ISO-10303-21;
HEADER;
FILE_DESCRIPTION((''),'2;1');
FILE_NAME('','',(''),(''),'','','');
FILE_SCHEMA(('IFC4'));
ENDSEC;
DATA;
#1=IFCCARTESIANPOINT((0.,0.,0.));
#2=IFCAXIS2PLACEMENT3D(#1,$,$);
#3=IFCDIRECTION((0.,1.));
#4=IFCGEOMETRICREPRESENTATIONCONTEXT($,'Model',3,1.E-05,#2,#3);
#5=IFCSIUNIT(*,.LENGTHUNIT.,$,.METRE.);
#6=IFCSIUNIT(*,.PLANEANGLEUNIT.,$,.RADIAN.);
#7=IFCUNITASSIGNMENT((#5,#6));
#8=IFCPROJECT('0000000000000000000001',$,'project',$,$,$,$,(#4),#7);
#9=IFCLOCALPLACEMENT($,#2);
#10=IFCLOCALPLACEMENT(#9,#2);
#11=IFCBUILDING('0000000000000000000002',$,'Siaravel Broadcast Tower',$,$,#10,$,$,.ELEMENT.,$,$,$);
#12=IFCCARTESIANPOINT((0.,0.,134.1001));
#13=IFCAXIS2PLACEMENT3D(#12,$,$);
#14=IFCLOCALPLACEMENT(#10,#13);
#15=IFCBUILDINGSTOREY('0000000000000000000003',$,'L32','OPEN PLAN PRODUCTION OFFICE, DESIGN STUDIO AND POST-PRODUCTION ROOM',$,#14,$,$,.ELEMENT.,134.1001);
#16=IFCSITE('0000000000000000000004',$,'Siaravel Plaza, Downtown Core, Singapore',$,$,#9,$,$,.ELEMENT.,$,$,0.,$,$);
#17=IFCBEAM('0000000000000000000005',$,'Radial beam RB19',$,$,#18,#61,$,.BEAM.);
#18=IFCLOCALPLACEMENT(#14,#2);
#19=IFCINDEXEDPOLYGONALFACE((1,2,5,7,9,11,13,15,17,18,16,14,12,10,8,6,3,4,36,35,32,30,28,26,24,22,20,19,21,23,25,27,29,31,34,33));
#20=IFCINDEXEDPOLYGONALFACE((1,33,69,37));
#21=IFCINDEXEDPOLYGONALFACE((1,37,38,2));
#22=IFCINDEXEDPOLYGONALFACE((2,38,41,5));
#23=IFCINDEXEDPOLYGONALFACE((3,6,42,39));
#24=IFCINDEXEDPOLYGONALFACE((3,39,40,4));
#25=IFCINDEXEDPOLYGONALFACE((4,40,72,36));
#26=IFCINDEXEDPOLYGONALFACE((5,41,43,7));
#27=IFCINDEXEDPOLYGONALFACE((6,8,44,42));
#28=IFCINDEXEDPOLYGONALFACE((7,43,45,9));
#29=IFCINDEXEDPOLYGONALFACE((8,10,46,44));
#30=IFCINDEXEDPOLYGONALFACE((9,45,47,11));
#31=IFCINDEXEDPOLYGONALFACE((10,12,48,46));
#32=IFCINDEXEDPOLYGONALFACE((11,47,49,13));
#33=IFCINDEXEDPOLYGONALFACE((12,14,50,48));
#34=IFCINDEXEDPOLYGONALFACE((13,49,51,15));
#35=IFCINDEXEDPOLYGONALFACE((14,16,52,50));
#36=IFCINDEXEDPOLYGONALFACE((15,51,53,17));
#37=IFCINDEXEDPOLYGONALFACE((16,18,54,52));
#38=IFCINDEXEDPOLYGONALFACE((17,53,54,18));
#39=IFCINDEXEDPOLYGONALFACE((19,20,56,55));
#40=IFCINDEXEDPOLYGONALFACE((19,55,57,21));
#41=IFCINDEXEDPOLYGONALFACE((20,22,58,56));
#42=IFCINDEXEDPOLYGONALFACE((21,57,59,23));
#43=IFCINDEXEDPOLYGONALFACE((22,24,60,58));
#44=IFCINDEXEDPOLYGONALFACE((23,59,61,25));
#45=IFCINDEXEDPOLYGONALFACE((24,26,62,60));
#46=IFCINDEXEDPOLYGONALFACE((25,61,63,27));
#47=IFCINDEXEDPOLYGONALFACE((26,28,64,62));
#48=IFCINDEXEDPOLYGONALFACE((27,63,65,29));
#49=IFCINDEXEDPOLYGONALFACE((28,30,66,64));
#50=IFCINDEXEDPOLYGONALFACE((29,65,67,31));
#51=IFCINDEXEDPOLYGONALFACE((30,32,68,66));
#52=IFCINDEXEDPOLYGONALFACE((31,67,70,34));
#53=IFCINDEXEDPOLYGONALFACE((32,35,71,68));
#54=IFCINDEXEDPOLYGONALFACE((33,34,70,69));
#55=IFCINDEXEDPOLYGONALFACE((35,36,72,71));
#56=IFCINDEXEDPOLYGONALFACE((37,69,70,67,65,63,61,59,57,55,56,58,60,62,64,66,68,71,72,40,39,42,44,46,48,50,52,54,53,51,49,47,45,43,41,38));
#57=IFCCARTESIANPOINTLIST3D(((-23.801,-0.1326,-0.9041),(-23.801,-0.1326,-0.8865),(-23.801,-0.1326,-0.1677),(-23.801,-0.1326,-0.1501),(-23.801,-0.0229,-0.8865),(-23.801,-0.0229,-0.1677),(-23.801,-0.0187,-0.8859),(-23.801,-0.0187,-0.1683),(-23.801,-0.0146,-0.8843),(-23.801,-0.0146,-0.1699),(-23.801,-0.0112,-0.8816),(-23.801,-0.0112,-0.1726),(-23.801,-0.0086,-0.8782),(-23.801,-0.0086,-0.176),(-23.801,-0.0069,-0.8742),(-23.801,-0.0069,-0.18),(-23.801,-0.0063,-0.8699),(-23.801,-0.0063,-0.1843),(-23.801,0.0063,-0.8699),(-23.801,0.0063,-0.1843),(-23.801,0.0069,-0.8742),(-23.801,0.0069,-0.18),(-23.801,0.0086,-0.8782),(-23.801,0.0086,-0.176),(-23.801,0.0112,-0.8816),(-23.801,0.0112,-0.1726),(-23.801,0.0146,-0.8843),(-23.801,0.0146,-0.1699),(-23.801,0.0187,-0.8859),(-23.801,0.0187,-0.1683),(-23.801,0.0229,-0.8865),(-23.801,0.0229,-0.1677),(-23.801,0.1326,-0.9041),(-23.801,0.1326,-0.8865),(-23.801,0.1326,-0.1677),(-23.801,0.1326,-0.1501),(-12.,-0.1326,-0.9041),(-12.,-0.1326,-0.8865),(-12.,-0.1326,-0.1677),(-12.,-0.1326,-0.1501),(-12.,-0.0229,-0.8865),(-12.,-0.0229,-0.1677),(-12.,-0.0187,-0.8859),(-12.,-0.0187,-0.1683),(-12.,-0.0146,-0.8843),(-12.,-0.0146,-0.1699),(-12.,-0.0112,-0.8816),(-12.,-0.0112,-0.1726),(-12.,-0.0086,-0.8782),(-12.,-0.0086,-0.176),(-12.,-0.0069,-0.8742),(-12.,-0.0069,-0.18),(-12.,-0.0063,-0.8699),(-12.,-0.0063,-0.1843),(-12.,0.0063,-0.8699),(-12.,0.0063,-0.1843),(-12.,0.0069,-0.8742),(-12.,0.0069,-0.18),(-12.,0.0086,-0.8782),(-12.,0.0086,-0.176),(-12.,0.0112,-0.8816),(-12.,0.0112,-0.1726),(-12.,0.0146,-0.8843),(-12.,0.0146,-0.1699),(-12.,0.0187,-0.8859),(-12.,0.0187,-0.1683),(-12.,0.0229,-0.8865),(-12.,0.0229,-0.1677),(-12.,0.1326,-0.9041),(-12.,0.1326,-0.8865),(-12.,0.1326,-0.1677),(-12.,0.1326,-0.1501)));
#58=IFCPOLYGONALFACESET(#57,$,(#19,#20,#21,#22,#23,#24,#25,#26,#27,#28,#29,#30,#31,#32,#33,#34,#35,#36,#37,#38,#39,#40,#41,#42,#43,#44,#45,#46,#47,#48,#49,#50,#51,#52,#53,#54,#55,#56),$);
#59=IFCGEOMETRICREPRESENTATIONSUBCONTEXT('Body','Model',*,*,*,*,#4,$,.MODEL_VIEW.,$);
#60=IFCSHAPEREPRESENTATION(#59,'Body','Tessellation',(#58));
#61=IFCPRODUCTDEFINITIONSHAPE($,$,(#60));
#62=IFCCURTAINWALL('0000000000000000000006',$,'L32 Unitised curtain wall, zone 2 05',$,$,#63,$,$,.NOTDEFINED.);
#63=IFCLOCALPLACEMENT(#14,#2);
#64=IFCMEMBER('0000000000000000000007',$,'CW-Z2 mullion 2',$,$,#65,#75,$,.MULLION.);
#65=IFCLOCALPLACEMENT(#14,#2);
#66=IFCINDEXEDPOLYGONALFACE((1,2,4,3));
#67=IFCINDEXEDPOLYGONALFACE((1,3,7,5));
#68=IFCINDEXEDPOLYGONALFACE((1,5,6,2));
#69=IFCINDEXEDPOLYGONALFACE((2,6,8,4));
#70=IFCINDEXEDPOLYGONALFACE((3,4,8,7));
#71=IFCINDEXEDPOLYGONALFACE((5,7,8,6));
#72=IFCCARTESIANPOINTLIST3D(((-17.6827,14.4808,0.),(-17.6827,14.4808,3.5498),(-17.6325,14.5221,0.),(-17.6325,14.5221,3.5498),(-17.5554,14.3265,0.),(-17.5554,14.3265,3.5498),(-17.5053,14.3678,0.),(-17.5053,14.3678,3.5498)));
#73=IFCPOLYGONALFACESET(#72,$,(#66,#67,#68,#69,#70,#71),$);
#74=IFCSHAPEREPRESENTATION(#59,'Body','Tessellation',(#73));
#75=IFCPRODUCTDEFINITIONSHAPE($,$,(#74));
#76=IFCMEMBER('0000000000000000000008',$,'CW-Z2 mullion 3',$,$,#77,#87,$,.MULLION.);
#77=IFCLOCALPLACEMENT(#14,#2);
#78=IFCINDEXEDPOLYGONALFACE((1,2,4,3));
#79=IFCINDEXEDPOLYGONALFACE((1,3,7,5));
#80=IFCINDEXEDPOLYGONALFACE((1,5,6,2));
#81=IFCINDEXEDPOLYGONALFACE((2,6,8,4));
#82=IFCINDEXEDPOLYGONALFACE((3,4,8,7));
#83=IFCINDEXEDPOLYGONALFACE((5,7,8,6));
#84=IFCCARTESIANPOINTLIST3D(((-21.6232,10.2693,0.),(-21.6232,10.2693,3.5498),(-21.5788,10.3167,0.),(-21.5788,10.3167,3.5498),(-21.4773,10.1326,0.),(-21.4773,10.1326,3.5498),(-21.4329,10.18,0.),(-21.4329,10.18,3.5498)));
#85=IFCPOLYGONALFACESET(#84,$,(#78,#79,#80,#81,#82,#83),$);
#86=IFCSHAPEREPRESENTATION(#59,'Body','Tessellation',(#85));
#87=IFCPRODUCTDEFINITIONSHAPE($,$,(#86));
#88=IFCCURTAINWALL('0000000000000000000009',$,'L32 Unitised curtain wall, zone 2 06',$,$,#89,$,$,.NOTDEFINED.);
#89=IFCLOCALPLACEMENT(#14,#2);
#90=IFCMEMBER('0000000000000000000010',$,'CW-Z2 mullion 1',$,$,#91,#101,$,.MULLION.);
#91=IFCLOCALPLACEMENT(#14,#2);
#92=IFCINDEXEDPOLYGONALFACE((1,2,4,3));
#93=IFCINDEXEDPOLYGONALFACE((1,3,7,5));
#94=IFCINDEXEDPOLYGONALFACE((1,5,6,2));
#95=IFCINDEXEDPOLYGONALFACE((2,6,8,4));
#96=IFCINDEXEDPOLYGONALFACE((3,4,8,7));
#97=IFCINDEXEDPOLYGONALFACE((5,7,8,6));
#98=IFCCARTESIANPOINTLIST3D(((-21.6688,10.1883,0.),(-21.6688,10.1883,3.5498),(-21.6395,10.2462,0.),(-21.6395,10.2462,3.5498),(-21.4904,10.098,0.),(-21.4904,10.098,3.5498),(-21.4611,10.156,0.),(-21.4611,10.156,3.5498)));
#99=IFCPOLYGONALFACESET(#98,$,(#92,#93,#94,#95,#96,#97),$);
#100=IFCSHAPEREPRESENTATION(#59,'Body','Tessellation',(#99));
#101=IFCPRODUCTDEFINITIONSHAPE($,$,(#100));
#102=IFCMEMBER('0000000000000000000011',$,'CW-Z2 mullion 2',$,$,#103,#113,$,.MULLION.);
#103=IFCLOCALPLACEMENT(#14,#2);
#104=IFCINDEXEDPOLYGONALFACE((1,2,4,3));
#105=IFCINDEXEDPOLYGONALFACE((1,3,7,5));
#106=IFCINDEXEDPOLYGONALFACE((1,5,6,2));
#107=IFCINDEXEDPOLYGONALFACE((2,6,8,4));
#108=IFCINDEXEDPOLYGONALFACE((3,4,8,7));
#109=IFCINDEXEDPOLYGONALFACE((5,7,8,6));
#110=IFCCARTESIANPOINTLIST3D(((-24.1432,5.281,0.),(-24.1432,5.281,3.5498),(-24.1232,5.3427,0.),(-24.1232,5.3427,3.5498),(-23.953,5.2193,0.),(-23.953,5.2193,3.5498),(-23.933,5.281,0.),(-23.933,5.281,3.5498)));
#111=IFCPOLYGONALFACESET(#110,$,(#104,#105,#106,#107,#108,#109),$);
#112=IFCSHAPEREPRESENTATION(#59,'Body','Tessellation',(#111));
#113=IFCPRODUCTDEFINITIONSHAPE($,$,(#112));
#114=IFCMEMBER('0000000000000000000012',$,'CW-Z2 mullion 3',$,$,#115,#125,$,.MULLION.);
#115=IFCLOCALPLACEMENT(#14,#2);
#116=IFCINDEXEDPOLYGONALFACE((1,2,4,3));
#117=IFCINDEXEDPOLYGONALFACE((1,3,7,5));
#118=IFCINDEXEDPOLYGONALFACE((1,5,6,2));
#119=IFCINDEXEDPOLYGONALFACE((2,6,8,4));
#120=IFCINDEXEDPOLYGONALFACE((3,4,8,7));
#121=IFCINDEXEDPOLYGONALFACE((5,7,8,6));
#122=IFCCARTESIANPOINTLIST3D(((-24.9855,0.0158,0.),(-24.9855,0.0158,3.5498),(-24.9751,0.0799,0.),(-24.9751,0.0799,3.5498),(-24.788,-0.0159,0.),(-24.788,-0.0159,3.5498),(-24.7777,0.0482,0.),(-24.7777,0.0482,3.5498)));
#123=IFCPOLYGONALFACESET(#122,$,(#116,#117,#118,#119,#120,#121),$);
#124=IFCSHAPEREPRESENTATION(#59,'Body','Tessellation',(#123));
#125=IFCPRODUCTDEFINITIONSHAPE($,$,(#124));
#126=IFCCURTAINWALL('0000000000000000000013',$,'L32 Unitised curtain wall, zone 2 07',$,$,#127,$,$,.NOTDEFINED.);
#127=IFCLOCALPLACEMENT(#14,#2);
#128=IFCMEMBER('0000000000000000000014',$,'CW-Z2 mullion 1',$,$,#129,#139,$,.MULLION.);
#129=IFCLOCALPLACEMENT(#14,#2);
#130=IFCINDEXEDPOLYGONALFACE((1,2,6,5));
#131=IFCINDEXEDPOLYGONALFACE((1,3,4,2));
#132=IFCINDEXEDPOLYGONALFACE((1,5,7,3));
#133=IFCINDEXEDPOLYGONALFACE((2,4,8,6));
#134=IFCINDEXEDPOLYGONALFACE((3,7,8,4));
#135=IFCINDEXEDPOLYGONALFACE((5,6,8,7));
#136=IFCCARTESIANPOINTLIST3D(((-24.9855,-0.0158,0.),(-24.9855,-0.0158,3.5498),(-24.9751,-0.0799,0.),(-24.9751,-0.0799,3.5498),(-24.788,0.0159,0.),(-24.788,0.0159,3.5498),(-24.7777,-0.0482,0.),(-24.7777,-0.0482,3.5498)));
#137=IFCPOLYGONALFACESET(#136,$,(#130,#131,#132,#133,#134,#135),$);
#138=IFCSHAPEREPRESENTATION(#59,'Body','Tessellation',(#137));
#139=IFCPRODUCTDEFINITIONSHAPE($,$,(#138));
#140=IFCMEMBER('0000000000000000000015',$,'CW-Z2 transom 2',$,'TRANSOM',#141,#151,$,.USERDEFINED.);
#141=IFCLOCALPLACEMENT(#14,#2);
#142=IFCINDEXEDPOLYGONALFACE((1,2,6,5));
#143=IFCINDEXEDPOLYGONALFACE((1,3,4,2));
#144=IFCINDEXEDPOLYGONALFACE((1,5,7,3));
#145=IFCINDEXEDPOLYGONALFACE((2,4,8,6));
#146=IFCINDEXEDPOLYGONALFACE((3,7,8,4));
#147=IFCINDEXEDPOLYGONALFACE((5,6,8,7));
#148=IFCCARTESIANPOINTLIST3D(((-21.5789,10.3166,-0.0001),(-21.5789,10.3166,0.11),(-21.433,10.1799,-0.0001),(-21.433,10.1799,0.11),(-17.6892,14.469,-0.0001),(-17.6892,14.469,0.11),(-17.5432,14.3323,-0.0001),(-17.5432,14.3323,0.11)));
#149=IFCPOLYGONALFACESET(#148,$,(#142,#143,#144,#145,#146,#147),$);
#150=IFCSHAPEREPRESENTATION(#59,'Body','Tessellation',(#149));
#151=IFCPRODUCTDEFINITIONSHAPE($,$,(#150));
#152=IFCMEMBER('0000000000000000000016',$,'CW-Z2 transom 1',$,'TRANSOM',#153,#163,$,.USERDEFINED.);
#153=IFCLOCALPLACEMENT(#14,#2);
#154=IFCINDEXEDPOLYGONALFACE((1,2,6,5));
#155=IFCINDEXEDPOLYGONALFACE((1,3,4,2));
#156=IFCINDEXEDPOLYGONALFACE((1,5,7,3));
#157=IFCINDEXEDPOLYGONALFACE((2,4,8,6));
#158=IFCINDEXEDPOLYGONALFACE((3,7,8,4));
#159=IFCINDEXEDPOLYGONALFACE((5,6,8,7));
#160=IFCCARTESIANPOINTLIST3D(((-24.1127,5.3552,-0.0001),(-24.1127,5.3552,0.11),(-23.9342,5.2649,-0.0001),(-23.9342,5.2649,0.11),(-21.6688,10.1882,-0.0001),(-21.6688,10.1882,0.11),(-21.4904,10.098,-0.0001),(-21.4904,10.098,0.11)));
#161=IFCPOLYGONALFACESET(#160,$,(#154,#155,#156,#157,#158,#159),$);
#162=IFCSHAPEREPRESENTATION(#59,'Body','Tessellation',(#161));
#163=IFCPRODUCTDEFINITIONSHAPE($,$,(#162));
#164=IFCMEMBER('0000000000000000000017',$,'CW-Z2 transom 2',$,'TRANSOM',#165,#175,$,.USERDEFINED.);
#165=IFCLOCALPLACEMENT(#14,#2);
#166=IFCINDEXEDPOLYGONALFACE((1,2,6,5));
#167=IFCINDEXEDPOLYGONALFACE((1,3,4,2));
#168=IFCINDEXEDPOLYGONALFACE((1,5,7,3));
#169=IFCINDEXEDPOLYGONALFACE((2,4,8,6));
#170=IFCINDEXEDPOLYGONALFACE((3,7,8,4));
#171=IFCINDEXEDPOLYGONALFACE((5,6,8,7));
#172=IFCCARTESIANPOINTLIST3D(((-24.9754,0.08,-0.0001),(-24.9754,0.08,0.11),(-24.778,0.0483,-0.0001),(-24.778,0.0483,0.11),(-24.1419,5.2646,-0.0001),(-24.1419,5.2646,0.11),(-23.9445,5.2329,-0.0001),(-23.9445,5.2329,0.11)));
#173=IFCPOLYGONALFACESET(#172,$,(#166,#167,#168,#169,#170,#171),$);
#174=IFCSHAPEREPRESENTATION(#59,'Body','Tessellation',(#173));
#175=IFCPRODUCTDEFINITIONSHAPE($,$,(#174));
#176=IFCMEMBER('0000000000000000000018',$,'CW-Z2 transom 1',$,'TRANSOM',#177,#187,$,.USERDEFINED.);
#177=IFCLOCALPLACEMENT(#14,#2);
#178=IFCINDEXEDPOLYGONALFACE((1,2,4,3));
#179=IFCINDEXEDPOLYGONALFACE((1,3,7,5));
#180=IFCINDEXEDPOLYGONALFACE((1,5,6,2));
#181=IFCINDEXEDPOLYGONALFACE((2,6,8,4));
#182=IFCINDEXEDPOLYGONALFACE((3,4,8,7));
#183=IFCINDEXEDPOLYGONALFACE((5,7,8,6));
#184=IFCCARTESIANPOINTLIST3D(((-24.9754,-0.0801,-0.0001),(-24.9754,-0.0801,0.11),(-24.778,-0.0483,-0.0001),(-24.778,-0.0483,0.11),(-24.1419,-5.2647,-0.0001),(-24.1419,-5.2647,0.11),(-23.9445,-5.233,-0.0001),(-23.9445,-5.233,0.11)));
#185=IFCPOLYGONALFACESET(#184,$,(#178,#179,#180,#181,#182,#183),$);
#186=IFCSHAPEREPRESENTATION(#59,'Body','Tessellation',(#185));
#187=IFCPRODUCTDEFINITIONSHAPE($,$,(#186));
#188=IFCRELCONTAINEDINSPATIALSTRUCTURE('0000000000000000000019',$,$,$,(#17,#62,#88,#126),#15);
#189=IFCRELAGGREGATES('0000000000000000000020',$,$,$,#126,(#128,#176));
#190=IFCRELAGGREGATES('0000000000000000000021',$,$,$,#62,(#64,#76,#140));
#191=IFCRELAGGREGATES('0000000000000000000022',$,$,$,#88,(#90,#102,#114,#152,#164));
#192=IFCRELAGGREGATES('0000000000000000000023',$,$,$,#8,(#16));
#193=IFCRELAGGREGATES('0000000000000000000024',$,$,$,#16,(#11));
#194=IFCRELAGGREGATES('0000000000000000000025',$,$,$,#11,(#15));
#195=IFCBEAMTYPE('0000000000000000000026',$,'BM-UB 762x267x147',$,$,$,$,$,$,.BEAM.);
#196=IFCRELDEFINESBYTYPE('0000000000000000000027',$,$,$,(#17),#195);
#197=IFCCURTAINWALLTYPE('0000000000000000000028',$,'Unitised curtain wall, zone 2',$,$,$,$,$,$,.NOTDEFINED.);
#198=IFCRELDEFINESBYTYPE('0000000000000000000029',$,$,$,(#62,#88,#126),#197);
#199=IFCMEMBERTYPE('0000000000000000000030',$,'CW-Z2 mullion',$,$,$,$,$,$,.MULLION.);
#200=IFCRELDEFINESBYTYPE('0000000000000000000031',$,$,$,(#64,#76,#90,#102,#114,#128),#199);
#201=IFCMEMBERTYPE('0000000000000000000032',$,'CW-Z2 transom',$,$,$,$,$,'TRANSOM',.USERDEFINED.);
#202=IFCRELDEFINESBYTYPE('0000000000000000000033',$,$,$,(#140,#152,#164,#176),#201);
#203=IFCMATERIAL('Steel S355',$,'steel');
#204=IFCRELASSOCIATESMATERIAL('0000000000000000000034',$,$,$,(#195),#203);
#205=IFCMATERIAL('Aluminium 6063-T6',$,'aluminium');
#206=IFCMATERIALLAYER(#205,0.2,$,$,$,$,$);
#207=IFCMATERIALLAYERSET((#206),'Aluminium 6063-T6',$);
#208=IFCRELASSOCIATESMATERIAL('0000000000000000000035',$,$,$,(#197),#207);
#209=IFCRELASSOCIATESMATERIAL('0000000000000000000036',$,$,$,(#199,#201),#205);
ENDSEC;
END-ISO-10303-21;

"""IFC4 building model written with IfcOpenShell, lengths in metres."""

from ifc_helpers import new_model, si_unit, direction, frame, origin, origin_2d, place, context, subcontext, project, spatial, rectangle, i_section, extrude, material, layer, layer_set, material_profile, profile_set, type_object, element, aggregate, save


model = new_model("IFC4")

# Units and contexts
model_context = context("Model", 3, precision=1e-05, world=origin(), true_north=direction((0.0, 1.0)))
body_context = subcontext(model_context, "Body", "Model", "MODEL_VIEW")
ifc_project = project(units=[si_unit("LENGTHUNIT", "METRE"), si_unit("PLANEANGLEUNIT", "RADIAN")], contexts=[model_context])

# Site, building, storey
site_placement = place(None, origin())
site = spatial("IfcSite", under=ifc_project, at=site_placement, Name="Siaravel Plaza, Downtown Core, Singapore", CompositionType="ELEMENT", RefElevation=0.0)
building_placement = place(site_placement, origin())
building = spatial("IfcBuilding", under=site, at=building_placement, Name="Siaravel Broadcast Tower", CompositionType="ELEMENT")
storey_placement = place(building_placement, frame((0.0, 0.0, 134.1001)))
storey = spatial("IfcBuildingStorey", under=building, at=storey_placement, Name="L32", Description="OPEN PLAN PRODUCTION OFFICE, DESIGN STUDIO AND POST-PRODUCTION ROOM", CompositionType="ELEMENT", Elevation=134.1001)

# Beam
ifc_material_1 = material(Name="Steel S355", Category="steel")
ifc_material_profile_1 = material_profile(ifc_material_1, i_section(OverallWidth=0.2651, OverallDepth=0.7539, WebThickness=0.0127, FlangeThickness=0.0176, FilletRadius=0.0166, at=origin_2d()))
ifc_profile_set_1 = profile_set([ifc_material_profile_1], Name="Steel S355")
beam_type = type_object("IfcBeamType", Name="BM-UB 762x267x147", PredefinedType="BEAM", material=ifc_profile_set_1)
beam_1_placement = place(storey_placement, frame((-23.801, 0.0, -0.5271), z_axis=(1.0, 0.0, 0.0), x_axis=(0.0, 1.0, 0.0)))
element("IfcBeam", 1, at=beam_1_placement, inside=storey, type_object=beam_type, Name="Radial beam RB19", PredefinedType="BEAM", context=body_context, shape_type="SweptSolid", body=[
    extrude(i_section(OverallWidth=0.2651, OverallDepth=0.7539, WebThickness=0.0127, FlangeThickness=0.0176, FilletRadius=0.0166, at=origin_2d()), origin(), (0.0, 0.0, 1.0), 11.801),
])

# Curtain walls, members
ifc_material_2 = material(Name="Aluminium 6063-T6", Category="aluminium")
ifc_layer_1 = layer(ifc_material_2, 0.2)
ifc_layer_set_1 = layer_set([ifc_layer_1], Name="Aluminium 6063-T6")
curtain_wall_type = type_object("IfcCurtainWallType", Name="Unitised curtain wall, zone 2", PredefinedType="NOTDEFINED", material=ifc_layer_set_1)
curtain_wall_1_placement = place(storey_placement, origin())
curtain_wall_1 = element("IfcCurtainWall", 2, at=curtain_wall_1_placement, inside=storey, type_object=curtain_wall_type, Name="L32 Unitised curtain wall, zone 2 05", PredefinedType="NOTDEFINED")
ifc_material_profile_2 = material_profile(ifc_material_2, rectangle(XDim=0.2, YDim=0.0649, at=origin_2d()))
ifc_profile_set_2 = profile_set([ifc_material_profile_2], Name="Aluminium 6063-T6")
member_type_1 = type_object("IfcMemberType", Name="CW-Z2 mullion", PredefinedType="MULLION", material=ifc_profile_set_2)
member_1_placement = place(storey_placement, frame((-17.594, 14.4243, 0.0), z_axis=(0.0, 0.0, 1.0), x_axis=(0.63622, -0.771507, 0.0)))
member_1 = element("IfcMember", 3, at=member_1_placement, type_object=member_type_1, Name="CW-Z2 mullion 2", PredefinedType="MULLION", context=body_context, shape_type="SweptSolid", body=[
    extrude(rectangle(XDim=0.2, YDim=0.0649, at=origin_2d()), origin(), (0.0, 0.0, 1.0), 3.5498),
])
member_2_placement = place(storey_placement, frame((-21.5281, 10.2246, 0.0), z_axis=(0.0, 0.0, 1.0), x_axis=(0.729807, -0.683653, 0.0)))
member_2 = element("IfcMember", 4, at=member_2_placement, type_object=member_type_1, Name="CW-Z2 mullion 3", PredefinedType="MULLION", context=body_context, shape_type="SweptSolid", body=[
    extrude(rectangle(XDim=0.2, YDim=0.0649, at=origin_2d()), origin(), (0.0, 0.0, 1.0), 3.5498),
])
curtain_wall_2_placement = place(storey_placement, origin())
curtain_wall_2 = element("IfcCurtainWall", 5, at=curtain_wall_2_placement, inside=storey, type_object=curtain_wall_type, Name="L32 Unitised curtain wall, zone 2 06", PredefinedType="NOTDEFINED")
member_3_placement = place(storey_placement, frame((-21.5649, 10.1721, 0.0), z_axis=(0.0, 0.0, 1.0), x_axis=(0.892393, -0.451259, 0.0)))
member_3 = element("IfcMember", 6, at=member_3_placement, type_object=member_type_1, Name="CW-Z2 mullion 1", PredefinedType="MULLION", context=body_context, shape_type="SweptSolid", body=[
    extrude(rectangle(XDim=0.2, YDim=0.0649, at=origin_2d()), origin(), (0.0, 0.0, 1.0), 3.5498),
])
member_4_placement = place(storey_placement, frame((-24.0381, 5.281, 0.0), z_axis=(0.0, 0.0, 1.0), x_axis=(0.951178, -0.308644, 0.0)))
member_4 = element("IfcMember", 7, at=member_4_placement, type_object=member_type_1, Name="CW-Z2 mullion 2", PredefinedType="MULLION", context=body_context, shape_type="SweptSolid", body=[
    extrude(rectangle(XDim=0.2, YDim=0.0649, at=origin_2d()), origin(), (0.0, 0.0, 1.0), 3.5498),
])
member_5_placement = place(storey_placement, frame((-24.8816, 0.032, 0.0), z_axis=(0.0, 0.0, 1.0), x_axis=(0.987329, -0.158685, 0.0)))
member_5 = element("IfcMember", 8, at=member_5_placement, type_object=member_type_1, Name="CW-Z2 mullion 3", PredefinedType="MULLION", context=body_context, shape_type="SweptSolid", body=[
    extrude(rectangle(XDim=0.2, YDim=0.0649, at=origin_2d()), origin(), (0.0, 0.0, 1.0), 3.5498),
])

# Curtain wall, member
curtain_wall_3_placement = place(storey_placement, origin())
curtain_wall_3 = element("IfcCurtainWall", 9, at=curtain_wall_3_placement, inside=storey, type_object=curtain_wall_type, Name="L32 Unitised curtain wall, zone 2 07", PredefinedType="NOTDEFINED")
member_6_placement = place(storey_placement, frame((-24.8816, -0.032, 0.0), z_axis=(0.0, 0.0, 1.0), x_axis=(0.987329, 0.158685, 0.0)))
member_6 = element("IfcMember", 10, at=member_6_placement, type_object=member_type_1, Name="CW-Z2 mullion 1", PredefinedType="MULLION", context=body_context, shape_type="SweptSolid", body=[
    extrude(rectangle(XDim=0.2, YDim=0.0649, at=origin_2d()), origin(), (0.0, 0.0, 1.0), 3.5498),
])

# Members
ifc_material_profile_3 = material_profile(ifc_material_2, rectangle(XDim=0.2, YDim=0.1101, at=origin_2d()))
ifc_profile_set_3 = profile_set([ifc_material_profile_3], Name="Aluminium 6063-T6")
member_type_2 = type_object("IfcMemberType", Name="CW-Z2 transom", ElementType="TRANSOM", PredefinedType="USERDEFINED", material=ifc_profile_set_3)
member_7_placement = place(storey_placement, frame((-17.6162, 14.4006, 0.0549), z_axis=(-0.683644, -0.729815, 0.0), x_axis=(0.729815, -0.683644, 0.0)))
member_7 = element("IfcMember", 11, at=member_7_placement, type_object=member_type_2, Name="CW-Z2 transom 2", ObjectType="TRANSOM", PredefinedType="USERDEFINED", context=body_context, shape_type="SweptSolid", body=[
    extrude(rectangle(XDim=0.2, YDim=0.1101, at=origin_2d()), origin(), (0.0, 0.0, 1.0), 5.6897),
])
member_8_placement = place(storey_placement, frame((-21.5796, 10.1431, 0.0549), z_axis=(-0.451248, -0.892398, 0.0), x_axis=(0.892398, -0.451248, 0.0)))
member_8 = element("IfcMember", 12, at=member_8_placement, type_object=member_type_2, Name="CW-Z2 transom 1", ObjectType="TRANSOM", PredefinedType="USERDEFINED", context=body_context, shape_type="SweptSolid", body=[
    extrude(rectangle(XDim=0.2, YDim=0.1101, at=origin_2d()), origin(), (0.0, 0.0, 1.0), 5.4158),
])
member_9_placement = place(storey_placement, frame((-24.0432, 5.2488, 0.0549), z_axis=(-0.158727, -0.987323, 0.0), x_axis=(0.987323, -0.158727, 0.0)))
member_9 = element("IfcMember", 13, at=member_9_placement, type_object=member_type_2, Name="CW-Z2 transom 2", ObjectType="TRANSOM", PredefinedType="USERDEFINED", context=body_context, shape_type="SweptSolid", body=[
    extrude(rectangle(XDim=0.2, YDim=0.1101, at=origin_2d()), origin(), (0.0, 0.0, 1.0), 5.2512),
])
member_10_placement = place(storey_placement, frame((-24.8767, -0.0642, 0.0549), z_axis=(0.158727, -0.987323, 0.0), x_axis=(0.987323, 0.158727, 0.0)))
member_10 = element("IfcMember", 14, at=member_10_placement, type_object=member_type_2, Name="CW-Z2 transom 1", ObjectType="TRANSOM", PredefinedType="USERDEFINED", context=body_context, shape_type="SweptSolid", body=[
    extrude(rectangle(XDim=0.2, YDim=0.1101, at=origin_2d()), origin(), (0.0, 0.0, 1.0), 5.2512),
])
aggregate(curtain_wall_3, [member_6, member_10])

aggregate(curtain_wall_1, [member_1, member_2, member_7])
aggregate(curtain_wall_2, [member_3, member_4, member_5, member_8, member_9])

save(model, "model.ifc")
